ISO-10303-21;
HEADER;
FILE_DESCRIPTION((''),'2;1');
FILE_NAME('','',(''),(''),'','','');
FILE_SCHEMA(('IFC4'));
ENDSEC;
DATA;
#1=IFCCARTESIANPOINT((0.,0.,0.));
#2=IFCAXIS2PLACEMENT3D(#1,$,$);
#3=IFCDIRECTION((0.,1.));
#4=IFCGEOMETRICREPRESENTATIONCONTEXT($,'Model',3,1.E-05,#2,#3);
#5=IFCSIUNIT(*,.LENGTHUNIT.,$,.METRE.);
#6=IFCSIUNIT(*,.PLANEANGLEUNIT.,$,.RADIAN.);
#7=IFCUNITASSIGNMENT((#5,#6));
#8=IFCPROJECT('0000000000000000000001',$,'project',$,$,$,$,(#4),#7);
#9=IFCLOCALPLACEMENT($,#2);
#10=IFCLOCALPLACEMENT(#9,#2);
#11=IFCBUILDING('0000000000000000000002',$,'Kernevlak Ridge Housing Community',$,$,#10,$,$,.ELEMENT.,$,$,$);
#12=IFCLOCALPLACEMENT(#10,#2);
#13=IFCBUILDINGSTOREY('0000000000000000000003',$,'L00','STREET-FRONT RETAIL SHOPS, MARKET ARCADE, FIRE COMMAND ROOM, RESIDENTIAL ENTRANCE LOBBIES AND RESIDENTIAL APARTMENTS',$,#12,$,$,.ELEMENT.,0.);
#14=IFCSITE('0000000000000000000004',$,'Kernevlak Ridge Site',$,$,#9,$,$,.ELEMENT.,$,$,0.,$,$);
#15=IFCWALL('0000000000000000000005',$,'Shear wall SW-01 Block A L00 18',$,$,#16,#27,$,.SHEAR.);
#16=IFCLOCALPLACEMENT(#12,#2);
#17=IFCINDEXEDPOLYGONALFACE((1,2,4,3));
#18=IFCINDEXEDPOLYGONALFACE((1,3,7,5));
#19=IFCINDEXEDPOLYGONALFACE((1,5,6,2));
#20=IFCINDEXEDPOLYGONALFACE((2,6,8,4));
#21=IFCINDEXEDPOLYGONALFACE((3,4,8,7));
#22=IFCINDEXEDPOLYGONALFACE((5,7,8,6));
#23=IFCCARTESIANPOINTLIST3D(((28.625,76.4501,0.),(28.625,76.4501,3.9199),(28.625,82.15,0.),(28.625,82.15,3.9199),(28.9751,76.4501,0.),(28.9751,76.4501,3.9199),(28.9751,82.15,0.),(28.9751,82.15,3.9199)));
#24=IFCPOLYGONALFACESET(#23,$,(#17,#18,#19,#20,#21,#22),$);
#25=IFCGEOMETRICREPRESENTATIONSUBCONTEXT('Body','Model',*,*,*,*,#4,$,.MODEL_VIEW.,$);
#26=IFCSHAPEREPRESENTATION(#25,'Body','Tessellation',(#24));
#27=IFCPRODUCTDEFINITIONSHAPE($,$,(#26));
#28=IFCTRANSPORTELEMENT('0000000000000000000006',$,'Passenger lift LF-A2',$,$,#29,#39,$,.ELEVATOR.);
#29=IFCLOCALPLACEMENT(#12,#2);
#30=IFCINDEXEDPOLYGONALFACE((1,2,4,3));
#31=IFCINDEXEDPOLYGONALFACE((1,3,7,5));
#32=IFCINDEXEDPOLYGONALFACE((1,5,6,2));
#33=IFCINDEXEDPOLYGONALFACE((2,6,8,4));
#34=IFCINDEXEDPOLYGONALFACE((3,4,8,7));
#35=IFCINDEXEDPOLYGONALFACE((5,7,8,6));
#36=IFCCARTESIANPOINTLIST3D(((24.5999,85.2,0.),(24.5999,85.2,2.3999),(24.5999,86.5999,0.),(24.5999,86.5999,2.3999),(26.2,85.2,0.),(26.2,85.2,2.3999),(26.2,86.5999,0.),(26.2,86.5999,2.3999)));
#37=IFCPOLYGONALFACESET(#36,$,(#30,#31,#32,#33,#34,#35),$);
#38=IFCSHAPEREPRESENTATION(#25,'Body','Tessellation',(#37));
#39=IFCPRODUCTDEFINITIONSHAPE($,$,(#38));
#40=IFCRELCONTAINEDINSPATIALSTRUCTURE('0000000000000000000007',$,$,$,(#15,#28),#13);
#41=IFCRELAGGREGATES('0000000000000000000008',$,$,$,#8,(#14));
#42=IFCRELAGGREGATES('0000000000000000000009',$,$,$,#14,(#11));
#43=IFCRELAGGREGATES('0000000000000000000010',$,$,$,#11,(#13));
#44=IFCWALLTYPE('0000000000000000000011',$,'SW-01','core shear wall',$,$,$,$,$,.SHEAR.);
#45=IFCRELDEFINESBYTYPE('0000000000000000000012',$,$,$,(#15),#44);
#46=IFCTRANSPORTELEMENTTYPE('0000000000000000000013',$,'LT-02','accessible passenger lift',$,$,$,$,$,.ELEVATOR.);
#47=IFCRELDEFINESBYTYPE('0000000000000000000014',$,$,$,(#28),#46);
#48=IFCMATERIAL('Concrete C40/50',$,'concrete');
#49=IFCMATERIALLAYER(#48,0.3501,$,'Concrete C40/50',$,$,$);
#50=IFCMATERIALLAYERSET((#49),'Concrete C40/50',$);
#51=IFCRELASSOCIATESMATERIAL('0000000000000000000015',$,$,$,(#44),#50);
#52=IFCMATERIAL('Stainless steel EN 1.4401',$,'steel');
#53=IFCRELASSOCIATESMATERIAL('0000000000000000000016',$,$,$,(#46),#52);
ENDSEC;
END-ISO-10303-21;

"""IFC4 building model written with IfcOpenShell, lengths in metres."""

from ifc_helpers import new_model, si_unit, direction, frame, frame_2d, origin, origin_2d, place, context, subcontext, project, spatial, rectangle, extrude, material, layer, layer_set, type_object, element, save


model = new_model("IFC4")

# Units and contexts
model_context = context("Model", 3, precision=1e-05, world=origin(), true_north=direction((0.0, 1.0)))
body_context = subcontext(model_context, "Body", "Model", "MODEL_VIEW")
ifc_project = project(units=[si_unit("LENGTHUNIT", "METRE"), si_unit("PLANEANGLEUNIT", "RADIAN")], contexts=[model_context])

# Site, building, storey
site_placement = place(None, origin())
site = spatial("IfcSite", under=ifc_project, at=site_placement, Name="Kernevlak Ridge Site", CompositionType="ELEMENT", RefElevation=0.0)
building_placement = place(site_placement, origin())
building = spatial("IfcBuilding", under=site, at=building_placement, Name="Kernevlak Ridge Housing Community", CompositionType="ELEMENT")
storey_placement = place(building_placement, origin())
storey = spatial("IfcBuildingStorey", under=building, at=storey_placement, Name="L00", Description="STREET-FRONT RETAIL SHOPS, MARKET ARCADE, FIRE COMMAND ROOM, RESIDENTIAL ENTRANCE LOBBIES AND RESIDENTIAL APARTMENTS", CompositionType="ELEMENT", Elevation=0.0)

# Shared definitions
ifc_material_1 = material(Name="Concrete C40/50", Category="concrete")

# Shared definitions
ifc_material_2 = material(Name="Stainless steel EN 1.4401", Category="steel")

# Wall
ifc_layer_1 = layer(ifc_material_1, 0.3501, Name="Concrete C40/50")
ifc_layer_set_1 = layer_set([ifc_layer_1], Name="Concrete C40/50")
wall_type_1 = type_object("IfcWallType", Name="SW-01", Description="core shear wall", PredefinedType="SHEAR", material=ifc_layer_set_1)
wall_1_placement = place(storey_placement, frame((28.8, 76.45, 0.0), z_axis=(0.0, 0.0, 1.0), x_axis=(0.0, 1.0, 0.0)))
element("IfcWall", 1, at=wall_1_placement, inside=storey, type_object=wall_type_1, Name="Shear wall SW-01 Block A L00 18", PredefinedType="SHEAR", context=body_context, shape_type="SweptSolid", body=[
    extrude(rectangle(XDim=5.7, YDim=0.3501, at=frame_2d((2.8501, 0.0))), origin(), (0.0, 0.0, 1.0), 3.9199),
])

# Transport element
transport_element_type = type_object("IfcTransportElementType", Name="LT-02", Description="accessible passenger lift", PredefinedType="ELEVATOR", material=ifc_material_2)
transport_element_placement = place(storey_placement, frame((25.3999, 85.8999, 0.0), z_axis=(0.0, 0.0, 1.0), x_axis=(1.0, 0.0, 0.0)))
element("IfcTransportElement", 2, at=transport_element_placement, inside=storey, type_object=transport_element_type, Name="Passenger lift LF-A2", PredefinedType="ELEVATOR", context=body_context, shape_type="SweptSolid", body=[
    extrude(rectangle(XDim=1.6001, YDim=1.3999, at=origin_2d()), origin(), (0.0, 0.0, 1.0), 2.3999),
])

save(model, "model.ifc")
